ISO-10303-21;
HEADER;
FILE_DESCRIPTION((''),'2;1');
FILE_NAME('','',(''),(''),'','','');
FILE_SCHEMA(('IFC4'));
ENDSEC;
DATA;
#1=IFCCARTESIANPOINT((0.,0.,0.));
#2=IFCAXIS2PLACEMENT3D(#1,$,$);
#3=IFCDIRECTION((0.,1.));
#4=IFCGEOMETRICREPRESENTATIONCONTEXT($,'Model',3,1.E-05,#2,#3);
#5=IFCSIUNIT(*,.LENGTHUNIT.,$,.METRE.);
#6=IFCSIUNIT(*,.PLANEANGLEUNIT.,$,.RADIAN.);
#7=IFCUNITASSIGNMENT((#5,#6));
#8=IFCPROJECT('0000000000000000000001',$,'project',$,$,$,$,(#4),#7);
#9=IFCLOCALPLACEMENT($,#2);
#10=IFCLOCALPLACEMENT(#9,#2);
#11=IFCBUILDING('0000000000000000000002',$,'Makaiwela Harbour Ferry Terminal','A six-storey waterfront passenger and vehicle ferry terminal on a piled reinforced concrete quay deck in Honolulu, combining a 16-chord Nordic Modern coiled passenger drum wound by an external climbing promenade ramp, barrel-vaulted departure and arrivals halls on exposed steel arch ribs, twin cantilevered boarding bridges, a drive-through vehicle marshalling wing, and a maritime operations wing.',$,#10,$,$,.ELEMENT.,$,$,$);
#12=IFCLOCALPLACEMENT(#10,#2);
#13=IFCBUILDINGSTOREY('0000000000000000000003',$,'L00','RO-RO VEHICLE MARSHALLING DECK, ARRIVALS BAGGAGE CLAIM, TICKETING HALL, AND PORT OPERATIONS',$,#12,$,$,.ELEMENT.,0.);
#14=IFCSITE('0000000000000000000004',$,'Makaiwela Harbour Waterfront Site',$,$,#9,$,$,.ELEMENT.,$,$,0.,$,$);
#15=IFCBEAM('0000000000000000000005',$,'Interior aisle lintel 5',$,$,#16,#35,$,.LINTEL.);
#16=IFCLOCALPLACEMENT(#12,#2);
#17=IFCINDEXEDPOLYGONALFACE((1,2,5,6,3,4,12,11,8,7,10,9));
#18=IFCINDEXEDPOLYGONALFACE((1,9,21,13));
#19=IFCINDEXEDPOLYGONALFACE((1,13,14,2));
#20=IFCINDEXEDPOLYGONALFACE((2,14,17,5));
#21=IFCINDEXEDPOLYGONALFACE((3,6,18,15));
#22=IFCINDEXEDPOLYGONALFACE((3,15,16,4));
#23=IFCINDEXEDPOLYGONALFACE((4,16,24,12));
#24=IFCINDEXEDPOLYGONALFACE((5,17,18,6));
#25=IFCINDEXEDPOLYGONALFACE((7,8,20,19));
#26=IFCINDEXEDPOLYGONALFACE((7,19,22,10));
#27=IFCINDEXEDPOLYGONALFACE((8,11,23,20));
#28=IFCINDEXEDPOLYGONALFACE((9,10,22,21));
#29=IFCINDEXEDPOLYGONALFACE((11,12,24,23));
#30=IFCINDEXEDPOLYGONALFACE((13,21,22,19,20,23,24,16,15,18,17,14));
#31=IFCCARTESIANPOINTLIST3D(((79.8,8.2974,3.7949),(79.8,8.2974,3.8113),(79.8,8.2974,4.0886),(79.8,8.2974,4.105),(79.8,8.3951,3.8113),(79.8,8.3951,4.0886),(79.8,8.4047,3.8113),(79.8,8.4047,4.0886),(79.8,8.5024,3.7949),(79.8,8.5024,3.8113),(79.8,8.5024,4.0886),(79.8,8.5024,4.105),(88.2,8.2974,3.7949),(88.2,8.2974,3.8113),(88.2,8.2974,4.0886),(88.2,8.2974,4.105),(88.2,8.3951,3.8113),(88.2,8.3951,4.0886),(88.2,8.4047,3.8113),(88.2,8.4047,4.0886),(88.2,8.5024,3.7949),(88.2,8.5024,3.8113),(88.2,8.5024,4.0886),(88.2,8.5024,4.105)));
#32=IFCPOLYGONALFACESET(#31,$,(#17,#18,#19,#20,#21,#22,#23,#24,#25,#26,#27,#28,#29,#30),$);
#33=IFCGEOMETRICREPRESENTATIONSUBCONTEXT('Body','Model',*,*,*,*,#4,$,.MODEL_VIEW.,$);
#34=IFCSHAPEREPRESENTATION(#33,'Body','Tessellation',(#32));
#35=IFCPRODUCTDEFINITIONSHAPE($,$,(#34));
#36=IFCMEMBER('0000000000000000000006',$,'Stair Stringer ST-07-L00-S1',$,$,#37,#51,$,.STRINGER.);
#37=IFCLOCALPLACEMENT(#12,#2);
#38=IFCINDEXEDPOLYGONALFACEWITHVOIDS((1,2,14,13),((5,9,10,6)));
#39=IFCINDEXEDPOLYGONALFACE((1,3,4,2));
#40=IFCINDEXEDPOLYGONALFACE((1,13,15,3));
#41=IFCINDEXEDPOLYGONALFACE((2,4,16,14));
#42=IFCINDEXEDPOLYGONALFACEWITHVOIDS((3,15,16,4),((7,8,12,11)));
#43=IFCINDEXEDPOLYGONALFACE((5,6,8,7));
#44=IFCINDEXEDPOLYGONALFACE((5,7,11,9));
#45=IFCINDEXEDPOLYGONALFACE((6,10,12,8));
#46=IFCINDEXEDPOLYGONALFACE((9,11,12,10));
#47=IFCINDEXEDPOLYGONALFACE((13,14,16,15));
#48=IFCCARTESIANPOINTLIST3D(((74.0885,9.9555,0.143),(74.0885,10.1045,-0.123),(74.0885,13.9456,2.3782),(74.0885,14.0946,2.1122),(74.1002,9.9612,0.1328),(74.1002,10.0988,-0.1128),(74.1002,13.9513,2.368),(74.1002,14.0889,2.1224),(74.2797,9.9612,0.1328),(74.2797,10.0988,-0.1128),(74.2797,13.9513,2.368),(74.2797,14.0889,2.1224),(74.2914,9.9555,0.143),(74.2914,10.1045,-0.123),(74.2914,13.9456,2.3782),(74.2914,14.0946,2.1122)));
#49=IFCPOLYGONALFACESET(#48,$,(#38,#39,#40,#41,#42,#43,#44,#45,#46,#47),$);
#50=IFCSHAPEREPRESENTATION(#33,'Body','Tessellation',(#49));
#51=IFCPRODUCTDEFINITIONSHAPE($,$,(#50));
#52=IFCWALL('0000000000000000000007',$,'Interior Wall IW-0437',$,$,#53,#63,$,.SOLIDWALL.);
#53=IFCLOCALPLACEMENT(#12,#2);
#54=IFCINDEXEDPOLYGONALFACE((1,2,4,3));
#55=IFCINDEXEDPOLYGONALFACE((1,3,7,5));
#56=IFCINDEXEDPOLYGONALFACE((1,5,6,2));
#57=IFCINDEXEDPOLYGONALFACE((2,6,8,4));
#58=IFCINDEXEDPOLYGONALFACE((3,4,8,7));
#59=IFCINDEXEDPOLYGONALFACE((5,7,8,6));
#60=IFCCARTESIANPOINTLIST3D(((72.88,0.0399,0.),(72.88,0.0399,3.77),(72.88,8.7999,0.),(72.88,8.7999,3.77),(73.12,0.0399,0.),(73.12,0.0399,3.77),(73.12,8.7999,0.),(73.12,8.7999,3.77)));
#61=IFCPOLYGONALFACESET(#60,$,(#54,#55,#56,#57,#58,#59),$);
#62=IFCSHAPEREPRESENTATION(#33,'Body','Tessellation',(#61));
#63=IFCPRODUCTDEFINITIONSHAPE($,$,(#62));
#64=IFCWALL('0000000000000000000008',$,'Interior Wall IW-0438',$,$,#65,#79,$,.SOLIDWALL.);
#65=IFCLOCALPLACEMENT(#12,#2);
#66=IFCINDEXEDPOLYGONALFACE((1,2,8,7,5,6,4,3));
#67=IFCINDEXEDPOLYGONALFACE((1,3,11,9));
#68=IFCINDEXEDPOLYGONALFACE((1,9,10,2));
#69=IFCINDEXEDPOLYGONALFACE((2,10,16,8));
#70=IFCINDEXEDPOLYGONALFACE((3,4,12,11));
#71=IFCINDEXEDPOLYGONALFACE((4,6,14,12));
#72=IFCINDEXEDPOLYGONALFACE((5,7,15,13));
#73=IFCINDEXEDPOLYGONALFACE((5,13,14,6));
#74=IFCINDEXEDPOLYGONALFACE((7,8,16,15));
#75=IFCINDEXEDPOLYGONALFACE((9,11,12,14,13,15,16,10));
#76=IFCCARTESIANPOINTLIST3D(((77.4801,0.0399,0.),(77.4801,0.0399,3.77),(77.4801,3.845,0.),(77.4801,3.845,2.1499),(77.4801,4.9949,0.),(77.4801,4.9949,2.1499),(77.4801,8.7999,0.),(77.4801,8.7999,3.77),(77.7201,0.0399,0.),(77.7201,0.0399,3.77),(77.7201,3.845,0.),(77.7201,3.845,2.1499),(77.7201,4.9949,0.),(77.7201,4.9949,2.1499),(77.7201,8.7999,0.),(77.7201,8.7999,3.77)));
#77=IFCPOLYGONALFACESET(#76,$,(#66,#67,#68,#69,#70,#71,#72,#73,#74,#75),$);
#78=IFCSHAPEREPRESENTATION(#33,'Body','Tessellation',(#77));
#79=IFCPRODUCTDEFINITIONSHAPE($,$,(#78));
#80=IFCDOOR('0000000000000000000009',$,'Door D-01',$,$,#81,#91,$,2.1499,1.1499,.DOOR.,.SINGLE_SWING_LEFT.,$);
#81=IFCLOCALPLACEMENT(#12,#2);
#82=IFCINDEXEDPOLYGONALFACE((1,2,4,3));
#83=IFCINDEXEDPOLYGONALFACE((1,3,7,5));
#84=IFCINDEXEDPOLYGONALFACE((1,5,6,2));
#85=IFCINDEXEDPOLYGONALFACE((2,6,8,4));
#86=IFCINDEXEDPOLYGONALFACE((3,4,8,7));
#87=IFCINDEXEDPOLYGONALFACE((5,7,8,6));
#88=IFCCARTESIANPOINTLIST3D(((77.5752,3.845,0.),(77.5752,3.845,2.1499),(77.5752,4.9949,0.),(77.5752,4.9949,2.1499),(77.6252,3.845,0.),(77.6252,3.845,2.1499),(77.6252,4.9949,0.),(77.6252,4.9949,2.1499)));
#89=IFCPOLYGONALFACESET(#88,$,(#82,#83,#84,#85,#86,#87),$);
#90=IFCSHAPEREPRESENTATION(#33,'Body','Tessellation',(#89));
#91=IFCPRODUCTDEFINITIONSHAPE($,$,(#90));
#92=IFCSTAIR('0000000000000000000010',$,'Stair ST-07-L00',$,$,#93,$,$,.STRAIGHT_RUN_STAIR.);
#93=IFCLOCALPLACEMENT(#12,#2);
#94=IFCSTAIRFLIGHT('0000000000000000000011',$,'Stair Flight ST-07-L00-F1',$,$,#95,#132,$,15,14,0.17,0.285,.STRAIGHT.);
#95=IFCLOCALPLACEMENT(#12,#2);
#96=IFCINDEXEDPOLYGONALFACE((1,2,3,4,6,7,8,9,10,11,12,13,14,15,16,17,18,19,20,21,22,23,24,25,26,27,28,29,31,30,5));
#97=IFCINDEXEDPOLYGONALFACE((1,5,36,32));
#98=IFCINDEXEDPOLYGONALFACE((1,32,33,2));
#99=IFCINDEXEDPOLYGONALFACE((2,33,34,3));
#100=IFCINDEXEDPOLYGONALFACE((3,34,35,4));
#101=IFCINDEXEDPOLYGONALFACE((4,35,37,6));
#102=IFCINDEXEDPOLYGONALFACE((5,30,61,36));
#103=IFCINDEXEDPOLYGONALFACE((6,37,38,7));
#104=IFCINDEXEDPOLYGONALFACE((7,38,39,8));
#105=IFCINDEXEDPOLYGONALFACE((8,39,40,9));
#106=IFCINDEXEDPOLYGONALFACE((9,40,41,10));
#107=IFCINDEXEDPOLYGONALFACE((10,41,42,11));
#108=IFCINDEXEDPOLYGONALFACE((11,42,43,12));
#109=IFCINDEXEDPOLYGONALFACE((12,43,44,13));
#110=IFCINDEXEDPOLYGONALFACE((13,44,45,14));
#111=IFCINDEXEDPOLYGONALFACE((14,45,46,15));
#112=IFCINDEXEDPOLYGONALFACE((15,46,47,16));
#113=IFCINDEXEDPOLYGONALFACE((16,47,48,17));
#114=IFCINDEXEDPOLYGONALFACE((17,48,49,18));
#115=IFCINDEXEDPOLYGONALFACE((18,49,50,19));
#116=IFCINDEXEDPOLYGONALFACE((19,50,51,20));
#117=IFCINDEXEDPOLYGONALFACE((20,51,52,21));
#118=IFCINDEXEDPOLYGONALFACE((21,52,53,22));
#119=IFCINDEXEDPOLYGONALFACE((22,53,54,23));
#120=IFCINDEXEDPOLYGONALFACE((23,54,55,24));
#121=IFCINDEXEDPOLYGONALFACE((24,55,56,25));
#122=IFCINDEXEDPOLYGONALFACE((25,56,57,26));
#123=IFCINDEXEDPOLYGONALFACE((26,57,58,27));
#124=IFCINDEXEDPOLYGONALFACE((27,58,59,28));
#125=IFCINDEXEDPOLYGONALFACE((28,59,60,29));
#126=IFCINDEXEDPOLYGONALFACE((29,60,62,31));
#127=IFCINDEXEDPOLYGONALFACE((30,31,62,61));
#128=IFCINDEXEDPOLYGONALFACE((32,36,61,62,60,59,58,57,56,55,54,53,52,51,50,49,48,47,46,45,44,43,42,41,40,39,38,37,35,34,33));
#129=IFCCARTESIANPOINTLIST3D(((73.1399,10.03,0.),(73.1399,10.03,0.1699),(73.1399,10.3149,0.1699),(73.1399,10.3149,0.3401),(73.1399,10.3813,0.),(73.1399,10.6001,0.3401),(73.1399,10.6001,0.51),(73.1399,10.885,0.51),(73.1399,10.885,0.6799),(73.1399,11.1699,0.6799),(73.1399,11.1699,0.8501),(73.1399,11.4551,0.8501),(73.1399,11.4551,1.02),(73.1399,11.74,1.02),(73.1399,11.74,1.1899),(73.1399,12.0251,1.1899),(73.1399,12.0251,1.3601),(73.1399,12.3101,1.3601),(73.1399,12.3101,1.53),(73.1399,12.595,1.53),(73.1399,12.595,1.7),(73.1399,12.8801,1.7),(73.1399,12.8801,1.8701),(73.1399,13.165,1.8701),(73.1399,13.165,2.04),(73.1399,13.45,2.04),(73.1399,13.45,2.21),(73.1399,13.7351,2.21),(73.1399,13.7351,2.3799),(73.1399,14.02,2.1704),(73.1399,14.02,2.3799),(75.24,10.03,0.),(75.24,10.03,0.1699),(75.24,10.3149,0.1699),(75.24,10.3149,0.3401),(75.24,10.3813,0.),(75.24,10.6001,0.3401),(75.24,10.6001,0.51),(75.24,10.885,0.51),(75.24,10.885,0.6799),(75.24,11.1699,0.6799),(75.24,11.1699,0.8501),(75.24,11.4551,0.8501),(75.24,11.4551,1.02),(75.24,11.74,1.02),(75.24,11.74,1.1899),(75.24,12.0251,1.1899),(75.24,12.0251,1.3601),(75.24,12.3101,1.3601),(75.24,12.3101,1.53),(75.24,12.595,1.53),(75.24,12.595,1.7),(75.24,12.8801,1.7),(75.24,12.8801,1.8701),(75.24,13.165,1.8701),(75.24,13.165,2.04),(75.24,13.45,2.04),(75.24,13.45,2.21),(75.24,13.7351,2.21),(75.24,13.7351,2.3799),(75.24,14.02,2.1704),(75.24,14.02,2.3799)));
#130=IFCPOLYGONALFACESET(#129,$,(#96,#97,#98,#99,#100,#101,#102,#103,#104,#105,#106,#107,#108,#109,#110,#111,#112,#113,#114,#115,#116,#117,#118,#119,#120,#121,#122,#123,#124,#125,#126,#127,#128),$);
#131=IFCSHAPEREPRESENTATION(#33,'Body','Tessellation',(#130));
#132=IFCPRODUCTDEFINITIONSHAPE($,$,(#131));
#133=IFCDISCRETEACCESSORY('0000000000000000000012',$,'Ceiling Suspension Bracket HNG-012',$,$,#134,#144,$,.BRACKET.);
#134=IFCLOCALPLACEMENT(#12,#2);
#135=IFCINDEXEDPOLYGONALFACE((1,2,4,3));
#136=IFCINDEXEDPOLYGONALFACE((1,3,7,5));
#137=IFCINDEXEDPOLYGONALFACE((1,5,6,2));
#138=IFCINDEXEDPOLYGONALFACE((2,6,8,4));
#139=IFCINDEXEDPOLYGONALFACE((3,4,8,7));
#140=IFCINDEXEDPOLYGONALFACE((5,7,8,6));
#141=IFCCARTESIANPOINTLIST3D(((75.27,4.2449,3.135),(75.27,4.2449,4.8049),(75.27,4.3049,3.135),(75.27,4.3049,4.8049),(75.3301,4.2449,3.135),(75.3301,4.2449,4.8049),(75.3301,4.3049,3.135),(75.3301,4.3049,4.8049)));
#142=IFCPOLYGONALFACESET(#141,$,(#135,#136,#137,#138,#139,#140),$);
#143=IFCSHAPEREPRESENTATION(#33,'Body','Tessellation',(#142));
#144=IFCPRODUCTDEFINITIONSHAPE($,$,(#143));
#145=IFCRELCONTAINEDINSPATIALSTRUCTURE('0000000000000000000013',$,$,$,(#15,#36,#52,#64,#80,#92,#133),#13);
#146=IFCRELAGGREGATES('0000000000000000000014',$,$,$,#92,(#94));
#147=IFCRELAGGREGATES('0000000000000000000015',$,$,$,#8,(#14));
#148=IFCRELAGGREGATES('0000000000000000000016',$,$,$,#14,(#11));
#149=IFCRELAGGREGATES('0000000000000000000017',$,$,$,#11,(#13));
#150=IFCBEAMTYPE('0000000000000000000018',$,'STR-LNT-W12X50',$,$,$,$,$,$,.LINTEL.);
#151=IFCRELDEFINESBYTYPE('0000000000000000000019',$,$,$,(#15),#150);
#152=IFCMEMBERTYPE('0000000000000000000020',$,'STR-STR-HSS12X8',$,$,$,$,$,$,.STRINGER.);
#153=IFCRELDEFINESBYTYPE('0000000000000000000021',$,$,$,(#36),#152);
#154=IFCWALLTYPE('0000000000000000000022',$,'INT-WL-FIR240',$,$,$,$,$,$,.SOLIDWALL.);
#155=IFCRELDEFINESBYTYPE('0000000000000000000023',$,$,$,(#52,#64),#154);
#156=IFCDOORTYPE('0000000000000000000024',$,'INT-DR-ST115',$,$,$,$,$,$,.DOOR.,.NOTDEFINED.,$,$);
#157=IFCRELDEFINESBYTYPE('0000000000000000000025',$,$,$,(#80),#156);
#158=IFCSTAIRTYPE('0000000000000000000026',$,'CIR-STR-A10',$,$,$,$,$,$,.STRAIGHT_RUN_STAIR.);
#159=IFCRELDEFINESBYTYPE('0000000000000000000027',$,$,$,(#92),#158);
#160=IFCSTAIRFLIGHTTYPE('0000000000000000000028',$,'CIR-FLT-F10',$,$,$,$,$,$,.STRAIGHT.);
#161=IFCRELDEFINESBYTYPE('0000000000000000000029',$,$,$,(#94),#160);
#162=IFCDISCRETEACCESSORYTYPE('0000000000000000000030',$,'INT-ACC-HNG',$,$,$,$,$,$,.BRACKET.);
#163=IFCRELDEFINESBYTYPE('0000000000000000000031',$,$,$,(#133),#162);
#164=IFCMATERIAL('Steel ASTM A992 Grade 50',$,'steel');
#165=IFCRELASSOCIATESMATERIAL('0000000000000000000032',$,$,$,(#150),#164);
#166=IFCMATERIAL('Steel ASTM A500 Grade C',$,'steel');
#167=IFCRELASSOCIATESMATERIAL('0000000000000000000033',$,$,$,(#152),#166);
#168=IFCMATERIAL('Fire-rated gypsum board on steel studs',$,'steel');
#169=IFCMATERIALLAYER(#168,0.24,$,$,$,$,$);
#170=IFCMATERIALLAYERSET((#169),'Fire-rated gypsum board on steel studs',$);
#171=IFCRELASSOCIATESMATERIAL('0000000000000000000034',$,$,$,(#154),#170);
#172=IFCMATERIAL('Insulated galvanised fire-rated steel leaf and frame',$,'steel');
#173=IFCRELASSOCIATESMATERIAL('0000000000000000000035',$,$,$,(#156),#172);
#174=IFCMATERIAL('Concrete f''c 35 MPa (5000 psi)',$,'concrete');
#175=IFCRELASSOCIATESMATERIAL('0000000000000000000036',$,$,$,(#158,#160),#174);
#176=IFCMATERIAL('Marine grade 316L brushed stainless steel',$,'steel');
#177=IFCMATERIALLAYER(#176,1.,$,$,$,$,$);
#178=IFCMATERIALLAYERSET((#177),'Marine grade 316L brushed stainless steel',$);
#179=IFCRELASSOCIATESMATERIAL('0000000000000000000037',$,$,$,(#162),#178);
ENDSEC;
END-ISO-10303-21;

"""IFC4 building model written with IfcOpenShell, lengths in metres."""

from ifc_helpers import new_model, si_unit, direction, frame, frame_2d, origin, origin_2d, place, context, subcontext, project, spatial, polyline, rectangle, hollow_rectangle, i_section, outline, extrude, material, layer, layer_set, material_profile, profile_set, type_object, element, fill, aggregate, save


model = new_model("IFC4")

# Units and contexts
model_context = context("Model", 3, precision=1e-05, world=origin(), true_north=direction((0.0, 1.0)))
body_context = subcontext(model_context, "Body", "Model", "MODEL_VIEW")
ifc_project = project(units=[si_unit("LENGTHUNIT", "METRE"), si_unit("PLANEANGLEUNIT", "RADIAN")], contexts=[model_context])

# Site, building, storey
site_placement = place(None, origin())
site = spatial("IfcSite", under=ifc_project, at=site_placement, Name="Makaiwela Harbour Waterfront Site", CompositionType="ELEMENT", RefElevation=0.0)
building_placement = place(site_placement, origin())
building = spatial("IfcBuilding", under=site, at=building_placement, Name="Makaiwela Harbour Ferry Terminal", Description="A six-storey waterfront passenger and vehicle ferry terminal on a piled reinforced concrete quay deck in Honolulu, combining a 16-chord Nordic Modern coiled passenger drum wound by an external climbing promenade ramp, barrel-vaulted departure and arrivals halls on exposed steel arch ribs, twin cantilevered boarding bridges, a drive-through vehicle marshalling wing, and a maritime operations wing.", CompositionType="ELEMENT")
storey_placement = place(building_placement, origin())
storey = spatial("IfcBuildingStorey", under=building, at=storey_placement, Name="L00", Description="RO-RO VEHICLE MARSHALLING DECK, ARRIVALS BAGGAGE CLAIM, TICKETING HALL, AND PORT OPERATIONS", CompositionType="ELEMENT", Elevation=0.0)

# Beam
ifc_material_1 = material(Name="Steel ASTM A992 Grade 50", Category="steel")
ifc_material_profile_1 = material_profile(ifc_material_1, i_section(OverallWidth=0.2051, OverallDepth=0.3101, WebThickness=0.0095, FlangeThickness=0.0164, at=origin_2d()), Name="W12X50")
ifc_profile_set_1 = profile_set([ifc_material_profile_1], Name="Steel ASTM A992 Grade 50")
beam_type = type_object("IfcBeamType", Name="STR-LNT-W12X50", PredefinedType="LINTEL", material=ifc_profile_set_1)
beam_placement = place(storey_placement, frame((79.8, 8.3999, 3.95), z_axis=(1.0, 0.0, 0.0), x_axis=(0.0, 1.0, 0.0)))
element("IfcBeam", 1, at=beam_placement, inside=storey, type_object=beam_type, Name="Interior aisle lintel 5", PredefinedType="LINTEL", context=body_context, shape_type="SweptSolid", body=[
    extrude(i_section(OverallWidth=0.2051, OverallDepth=0.3101, WebThickness=0.0095, FlangeThickness=0.0164, at=origin_2d()), origin(), (0.0, 0.0, 1.0), 8.3999),
])

# Member
ifc_material_2 = material(Name="Steel ASTM A500 Grade C", Category="steel")
ifc_material_profile_2 = material_profile(ifc_material_2, hollow_rectangle(XDim=0.2029, YDim=0.3049, WallThickness=0.0117, at=origin_2d()), Name="HSS12X8X1/2")
ifc_profile_set_2 = profile_set([ifc_material_profile_2], Name="Steel ASTM A500 Grade C")
member_type = type_object("IfcMemberType", Name="STR-STR-HSS12X8", PredefinedType="STRINGER", material=ifc_profile_set_2)
member_placement = place(storey_placement, frame((74.1899, 10.03, 0.01), z_axis=(0.0, 0.87244, 0.488722), x_axis=(-1.0, 0.0, 0.0)))
element("IfcMember", 2, at=member_placement, inside=storey, type_object=member_type, Name="Stair Stringer ST-07-L00-S1", PredefinedType="STRINGER", context=body_context, shape_type="SweptSolid", body=[
    extrude(hollow_rectangle(XDim=0.2029, YDim=0.3049, WallThickness=0.0117, at=origin_2d()), origin(), (0.0, 0.0, 1.0), 4.5735),
])

# Wall
ifc_material_3 = material(Name="Fire-rated gypsum board on steel studs", Category="steel")
ifc_layer_1 = layer(ifc_material_3, 0.24)
ifc_layer_set_1 = layer_set([ifc_layer_1], Name="Fire-rated gypsum board on steel studs")
wall_type_1 = type_object("IfcWallType", Name="INT-WL-FIR240", PredefinedType="SOLIDWALL", material=ifc_layer_set_1)
wall_1_placement = place(storey_placement, frame((73.0, 0.04, 0.0), z_axis=(0.0, 0.0, 1.0), x_axis=(0.0, 1.0, 0.0)))
element("IfcWall", 3, at=wall_1_placement, inside=storey, type_object=wall_type_1, Name="Interior Wall IW-0437", PredefinedType="SOLIDWALL", context=body_context, shape_type="SweptSolid", body=[
    extrude(rectangle(XDim=8.76, YDim=0.24, at=frame_2d((4.3799, 0.0))), origin(), (0.0, 0.0, 1.0), 3.77),
])

# Wall, opening, door
wall_2_placement = place(storey_placement, frame((77.6001, 0.04, 0.0), z_axis=(0.0, 0.0, 1.0), x_axis=(0.0, 1.0, 0.0)))
wall_2 = element("IfcWall", 4, at=wall_2_placement, inside=storey, type_object=wall_type_1, Name="Interior Wall IW-0438", PredefinedType="SOLIDWALL", context=body_context, shape_type="SweptSolid", body=[
    extrude(rectangle(XDim=8.76, YDim=0.24, at=frame_2d((4.3799, 0.0))), origin(), (0.0, 0.0, 1.0), 3.77),
])
opening_1_placement = place(wall_2_placement, frame((3.8049, 0.0, 0.0)))
opening_1 = element("IfcOpeningElement", 5, at=opening_1_placement, cuts=wall_2, PredefinedType="OPENING", context=body_context, shape_type="SweptSolid", body=[
    extrude(rectangle(XDim=1.1499, YDim=2.1499, at=frame_2d((0.575, 1.075))), frame((0.0, 0.1299, 0.0), z_axis=(0.0, -1.0, 0.0), x_axis=(1.0, 0.0, 0.0)), (0.0, 0.0, 1.0), 0.26),
])
ifc_material_4 = material(Name="Insulated galvanised fire-rated steel leaf and frame", Category="steel")
door_type_1 = type_object("IfcDoorType", Name="INT-DR-ST115", OperationType="NOTDEFINED", PredefinedType="DOOR", material=ifc_material_4)
door_1_placement = place(opening_1_placement, origin())
door_1 = element("IfcDoor", 6, at=door_1_placement, inside=storey, type_object=door_type_1, Name="Door D-01", OperationType="SINGLE_SWING_LEFT", OverallHeight=2.1499, OverallWidth=1.1499, PredefinedType="DOOR", context=body_context, shape_type="SweptSolid", body=[
    extrude(rectangle(XDim=1.1499, YDim=2.1499, at=frame_2d((0.575, 1.075))), frame((0.0, 0.0249, 0.0), z_axis=(0.0, -1.0, 0.0), x_axis=(1.0, 0.0, 0.0)), (0.0, 0.0, 1.0), 0.05),
])
fill(opening_1, door_1)

# Stair, stair flight
ifc_material_5 = material(Name="Concrete f'c 35 MPa (5000 psi)", Category="concrete")
stair_type = type_object("IfcStairType", Name="CIR-STR-A10", PredefinedType="STRAIGHT_RUN_STAIR", material=ifc_material_5)
stair_placement = place(storey_placement, origin())
stair = element("IfcStair", 7, at=stair_placement, inside=storey, type_object=stair_type, Name="Stair ST-07-L00", PredefinedType="STRAIGHT_RUN_STAIR")
stair_flight_type = type_object("IfcStairFlightType", Name="CIR-FLT-F10", PredefinedType="STRAIGHT", material=ifc_material_5)
stair_flight_placement = place(storey_placement, frame((74.1899, 10.03, 0.0), z_axis=(0.0, 0.0, 1.0), x_axis=(0.0, 1.0, 0.0)))
stair_flight = element("IfcStairFlight", 8, at=stair_flight_placement, type_object=stair_flight_type, Name="Stair Flight ST-07-L00-F1", NumberOfRisers=15, NumberOfTreads=14, PredefinedType="STRAIGHT", RiserHeight=0.17, TreadLength=0.285, context=body_context, shape_type="SweptSolid", body=[
    extrude(outline(polyline([(0.0, 0.0), (0.0, 0.1699), (0.2849, 0.1699), (0.2849, 0.3401), (0.5701, 0.3401), (0.5701, 0.51), (0.855, 0.51), (0.855, 0.6799), (1.1399, 0.6799), (1.1399, 0.8501), (1.425, 0.8501), (1.425, 1.02), (1.71, 1.02), (1.71, 1.1899), (1.9951, 1.1899), (1.9951, 1.3601), (2.28, 1.3601), (2.28, 1.53), (2.5649, 1.53), (2.5649, 1.7), (2.8501, 1.7), (2.8501, 1.8701), (3.135, 1.8701), (3.135, 2.04), (3.4199, 2.04), (3.4199, 2.21), (3.7051, 2.21), (3.7051, 2.3799), (3.99, 2.3799), (3.99, 2.55), (3.99, 2.1704), (0.3513, 0.0), (0.0, 0.0)])), frame((0.0, 1.05, 0.0), z_axis=(0.0, -1.0, 0.0), x_axis=(1.0, 0.0, 0.0)), (0.0, 0.0, 1.0), 2.1001),
])
aggregate(stair, [stair_flight])

# Shared definitions
ifc_material_6 = material(Name="Marine grade 316L brushed stainless steel", Category="steel")

# Discrete accessory
ifc_layer_2 = layer(ifc_material_6, 1.0)
ifc_layer_set_2 = layer_set([ifc_layer_2], Name="Marine grade 316L brushed stainless steel")
discrete_accessory_type = type_object("IfcDiscreteAccessoryType", Name="INT-ACC-HNG", PredefinedType="BRACKET", material=ifc_layer_set_2)
discrete_accessory_placement = place(storey_placement, frame((75.3, 4.2749, 3.135), z_axis=(0.0, 0.0, 1.0), x_axis=(1.0, 0.0, 0.0)))
element("IfcDiscreteAccessory", 9, at=discrete_accessory_placement, inside=storey, type_object=discrete_accessory_type, Name="Ceiling Suspension Bracket HNG-012", PredefinedType="BRACKET", context=body_context, shape_type="SweptSolid", body=[
    extrude(rectangle(XDim=0.0601, YDim=0.0601, at=origin_2d()), origin(), (0.0, 0.0, 1.0), 1.6699),
])

save(model, "model.ifc")
